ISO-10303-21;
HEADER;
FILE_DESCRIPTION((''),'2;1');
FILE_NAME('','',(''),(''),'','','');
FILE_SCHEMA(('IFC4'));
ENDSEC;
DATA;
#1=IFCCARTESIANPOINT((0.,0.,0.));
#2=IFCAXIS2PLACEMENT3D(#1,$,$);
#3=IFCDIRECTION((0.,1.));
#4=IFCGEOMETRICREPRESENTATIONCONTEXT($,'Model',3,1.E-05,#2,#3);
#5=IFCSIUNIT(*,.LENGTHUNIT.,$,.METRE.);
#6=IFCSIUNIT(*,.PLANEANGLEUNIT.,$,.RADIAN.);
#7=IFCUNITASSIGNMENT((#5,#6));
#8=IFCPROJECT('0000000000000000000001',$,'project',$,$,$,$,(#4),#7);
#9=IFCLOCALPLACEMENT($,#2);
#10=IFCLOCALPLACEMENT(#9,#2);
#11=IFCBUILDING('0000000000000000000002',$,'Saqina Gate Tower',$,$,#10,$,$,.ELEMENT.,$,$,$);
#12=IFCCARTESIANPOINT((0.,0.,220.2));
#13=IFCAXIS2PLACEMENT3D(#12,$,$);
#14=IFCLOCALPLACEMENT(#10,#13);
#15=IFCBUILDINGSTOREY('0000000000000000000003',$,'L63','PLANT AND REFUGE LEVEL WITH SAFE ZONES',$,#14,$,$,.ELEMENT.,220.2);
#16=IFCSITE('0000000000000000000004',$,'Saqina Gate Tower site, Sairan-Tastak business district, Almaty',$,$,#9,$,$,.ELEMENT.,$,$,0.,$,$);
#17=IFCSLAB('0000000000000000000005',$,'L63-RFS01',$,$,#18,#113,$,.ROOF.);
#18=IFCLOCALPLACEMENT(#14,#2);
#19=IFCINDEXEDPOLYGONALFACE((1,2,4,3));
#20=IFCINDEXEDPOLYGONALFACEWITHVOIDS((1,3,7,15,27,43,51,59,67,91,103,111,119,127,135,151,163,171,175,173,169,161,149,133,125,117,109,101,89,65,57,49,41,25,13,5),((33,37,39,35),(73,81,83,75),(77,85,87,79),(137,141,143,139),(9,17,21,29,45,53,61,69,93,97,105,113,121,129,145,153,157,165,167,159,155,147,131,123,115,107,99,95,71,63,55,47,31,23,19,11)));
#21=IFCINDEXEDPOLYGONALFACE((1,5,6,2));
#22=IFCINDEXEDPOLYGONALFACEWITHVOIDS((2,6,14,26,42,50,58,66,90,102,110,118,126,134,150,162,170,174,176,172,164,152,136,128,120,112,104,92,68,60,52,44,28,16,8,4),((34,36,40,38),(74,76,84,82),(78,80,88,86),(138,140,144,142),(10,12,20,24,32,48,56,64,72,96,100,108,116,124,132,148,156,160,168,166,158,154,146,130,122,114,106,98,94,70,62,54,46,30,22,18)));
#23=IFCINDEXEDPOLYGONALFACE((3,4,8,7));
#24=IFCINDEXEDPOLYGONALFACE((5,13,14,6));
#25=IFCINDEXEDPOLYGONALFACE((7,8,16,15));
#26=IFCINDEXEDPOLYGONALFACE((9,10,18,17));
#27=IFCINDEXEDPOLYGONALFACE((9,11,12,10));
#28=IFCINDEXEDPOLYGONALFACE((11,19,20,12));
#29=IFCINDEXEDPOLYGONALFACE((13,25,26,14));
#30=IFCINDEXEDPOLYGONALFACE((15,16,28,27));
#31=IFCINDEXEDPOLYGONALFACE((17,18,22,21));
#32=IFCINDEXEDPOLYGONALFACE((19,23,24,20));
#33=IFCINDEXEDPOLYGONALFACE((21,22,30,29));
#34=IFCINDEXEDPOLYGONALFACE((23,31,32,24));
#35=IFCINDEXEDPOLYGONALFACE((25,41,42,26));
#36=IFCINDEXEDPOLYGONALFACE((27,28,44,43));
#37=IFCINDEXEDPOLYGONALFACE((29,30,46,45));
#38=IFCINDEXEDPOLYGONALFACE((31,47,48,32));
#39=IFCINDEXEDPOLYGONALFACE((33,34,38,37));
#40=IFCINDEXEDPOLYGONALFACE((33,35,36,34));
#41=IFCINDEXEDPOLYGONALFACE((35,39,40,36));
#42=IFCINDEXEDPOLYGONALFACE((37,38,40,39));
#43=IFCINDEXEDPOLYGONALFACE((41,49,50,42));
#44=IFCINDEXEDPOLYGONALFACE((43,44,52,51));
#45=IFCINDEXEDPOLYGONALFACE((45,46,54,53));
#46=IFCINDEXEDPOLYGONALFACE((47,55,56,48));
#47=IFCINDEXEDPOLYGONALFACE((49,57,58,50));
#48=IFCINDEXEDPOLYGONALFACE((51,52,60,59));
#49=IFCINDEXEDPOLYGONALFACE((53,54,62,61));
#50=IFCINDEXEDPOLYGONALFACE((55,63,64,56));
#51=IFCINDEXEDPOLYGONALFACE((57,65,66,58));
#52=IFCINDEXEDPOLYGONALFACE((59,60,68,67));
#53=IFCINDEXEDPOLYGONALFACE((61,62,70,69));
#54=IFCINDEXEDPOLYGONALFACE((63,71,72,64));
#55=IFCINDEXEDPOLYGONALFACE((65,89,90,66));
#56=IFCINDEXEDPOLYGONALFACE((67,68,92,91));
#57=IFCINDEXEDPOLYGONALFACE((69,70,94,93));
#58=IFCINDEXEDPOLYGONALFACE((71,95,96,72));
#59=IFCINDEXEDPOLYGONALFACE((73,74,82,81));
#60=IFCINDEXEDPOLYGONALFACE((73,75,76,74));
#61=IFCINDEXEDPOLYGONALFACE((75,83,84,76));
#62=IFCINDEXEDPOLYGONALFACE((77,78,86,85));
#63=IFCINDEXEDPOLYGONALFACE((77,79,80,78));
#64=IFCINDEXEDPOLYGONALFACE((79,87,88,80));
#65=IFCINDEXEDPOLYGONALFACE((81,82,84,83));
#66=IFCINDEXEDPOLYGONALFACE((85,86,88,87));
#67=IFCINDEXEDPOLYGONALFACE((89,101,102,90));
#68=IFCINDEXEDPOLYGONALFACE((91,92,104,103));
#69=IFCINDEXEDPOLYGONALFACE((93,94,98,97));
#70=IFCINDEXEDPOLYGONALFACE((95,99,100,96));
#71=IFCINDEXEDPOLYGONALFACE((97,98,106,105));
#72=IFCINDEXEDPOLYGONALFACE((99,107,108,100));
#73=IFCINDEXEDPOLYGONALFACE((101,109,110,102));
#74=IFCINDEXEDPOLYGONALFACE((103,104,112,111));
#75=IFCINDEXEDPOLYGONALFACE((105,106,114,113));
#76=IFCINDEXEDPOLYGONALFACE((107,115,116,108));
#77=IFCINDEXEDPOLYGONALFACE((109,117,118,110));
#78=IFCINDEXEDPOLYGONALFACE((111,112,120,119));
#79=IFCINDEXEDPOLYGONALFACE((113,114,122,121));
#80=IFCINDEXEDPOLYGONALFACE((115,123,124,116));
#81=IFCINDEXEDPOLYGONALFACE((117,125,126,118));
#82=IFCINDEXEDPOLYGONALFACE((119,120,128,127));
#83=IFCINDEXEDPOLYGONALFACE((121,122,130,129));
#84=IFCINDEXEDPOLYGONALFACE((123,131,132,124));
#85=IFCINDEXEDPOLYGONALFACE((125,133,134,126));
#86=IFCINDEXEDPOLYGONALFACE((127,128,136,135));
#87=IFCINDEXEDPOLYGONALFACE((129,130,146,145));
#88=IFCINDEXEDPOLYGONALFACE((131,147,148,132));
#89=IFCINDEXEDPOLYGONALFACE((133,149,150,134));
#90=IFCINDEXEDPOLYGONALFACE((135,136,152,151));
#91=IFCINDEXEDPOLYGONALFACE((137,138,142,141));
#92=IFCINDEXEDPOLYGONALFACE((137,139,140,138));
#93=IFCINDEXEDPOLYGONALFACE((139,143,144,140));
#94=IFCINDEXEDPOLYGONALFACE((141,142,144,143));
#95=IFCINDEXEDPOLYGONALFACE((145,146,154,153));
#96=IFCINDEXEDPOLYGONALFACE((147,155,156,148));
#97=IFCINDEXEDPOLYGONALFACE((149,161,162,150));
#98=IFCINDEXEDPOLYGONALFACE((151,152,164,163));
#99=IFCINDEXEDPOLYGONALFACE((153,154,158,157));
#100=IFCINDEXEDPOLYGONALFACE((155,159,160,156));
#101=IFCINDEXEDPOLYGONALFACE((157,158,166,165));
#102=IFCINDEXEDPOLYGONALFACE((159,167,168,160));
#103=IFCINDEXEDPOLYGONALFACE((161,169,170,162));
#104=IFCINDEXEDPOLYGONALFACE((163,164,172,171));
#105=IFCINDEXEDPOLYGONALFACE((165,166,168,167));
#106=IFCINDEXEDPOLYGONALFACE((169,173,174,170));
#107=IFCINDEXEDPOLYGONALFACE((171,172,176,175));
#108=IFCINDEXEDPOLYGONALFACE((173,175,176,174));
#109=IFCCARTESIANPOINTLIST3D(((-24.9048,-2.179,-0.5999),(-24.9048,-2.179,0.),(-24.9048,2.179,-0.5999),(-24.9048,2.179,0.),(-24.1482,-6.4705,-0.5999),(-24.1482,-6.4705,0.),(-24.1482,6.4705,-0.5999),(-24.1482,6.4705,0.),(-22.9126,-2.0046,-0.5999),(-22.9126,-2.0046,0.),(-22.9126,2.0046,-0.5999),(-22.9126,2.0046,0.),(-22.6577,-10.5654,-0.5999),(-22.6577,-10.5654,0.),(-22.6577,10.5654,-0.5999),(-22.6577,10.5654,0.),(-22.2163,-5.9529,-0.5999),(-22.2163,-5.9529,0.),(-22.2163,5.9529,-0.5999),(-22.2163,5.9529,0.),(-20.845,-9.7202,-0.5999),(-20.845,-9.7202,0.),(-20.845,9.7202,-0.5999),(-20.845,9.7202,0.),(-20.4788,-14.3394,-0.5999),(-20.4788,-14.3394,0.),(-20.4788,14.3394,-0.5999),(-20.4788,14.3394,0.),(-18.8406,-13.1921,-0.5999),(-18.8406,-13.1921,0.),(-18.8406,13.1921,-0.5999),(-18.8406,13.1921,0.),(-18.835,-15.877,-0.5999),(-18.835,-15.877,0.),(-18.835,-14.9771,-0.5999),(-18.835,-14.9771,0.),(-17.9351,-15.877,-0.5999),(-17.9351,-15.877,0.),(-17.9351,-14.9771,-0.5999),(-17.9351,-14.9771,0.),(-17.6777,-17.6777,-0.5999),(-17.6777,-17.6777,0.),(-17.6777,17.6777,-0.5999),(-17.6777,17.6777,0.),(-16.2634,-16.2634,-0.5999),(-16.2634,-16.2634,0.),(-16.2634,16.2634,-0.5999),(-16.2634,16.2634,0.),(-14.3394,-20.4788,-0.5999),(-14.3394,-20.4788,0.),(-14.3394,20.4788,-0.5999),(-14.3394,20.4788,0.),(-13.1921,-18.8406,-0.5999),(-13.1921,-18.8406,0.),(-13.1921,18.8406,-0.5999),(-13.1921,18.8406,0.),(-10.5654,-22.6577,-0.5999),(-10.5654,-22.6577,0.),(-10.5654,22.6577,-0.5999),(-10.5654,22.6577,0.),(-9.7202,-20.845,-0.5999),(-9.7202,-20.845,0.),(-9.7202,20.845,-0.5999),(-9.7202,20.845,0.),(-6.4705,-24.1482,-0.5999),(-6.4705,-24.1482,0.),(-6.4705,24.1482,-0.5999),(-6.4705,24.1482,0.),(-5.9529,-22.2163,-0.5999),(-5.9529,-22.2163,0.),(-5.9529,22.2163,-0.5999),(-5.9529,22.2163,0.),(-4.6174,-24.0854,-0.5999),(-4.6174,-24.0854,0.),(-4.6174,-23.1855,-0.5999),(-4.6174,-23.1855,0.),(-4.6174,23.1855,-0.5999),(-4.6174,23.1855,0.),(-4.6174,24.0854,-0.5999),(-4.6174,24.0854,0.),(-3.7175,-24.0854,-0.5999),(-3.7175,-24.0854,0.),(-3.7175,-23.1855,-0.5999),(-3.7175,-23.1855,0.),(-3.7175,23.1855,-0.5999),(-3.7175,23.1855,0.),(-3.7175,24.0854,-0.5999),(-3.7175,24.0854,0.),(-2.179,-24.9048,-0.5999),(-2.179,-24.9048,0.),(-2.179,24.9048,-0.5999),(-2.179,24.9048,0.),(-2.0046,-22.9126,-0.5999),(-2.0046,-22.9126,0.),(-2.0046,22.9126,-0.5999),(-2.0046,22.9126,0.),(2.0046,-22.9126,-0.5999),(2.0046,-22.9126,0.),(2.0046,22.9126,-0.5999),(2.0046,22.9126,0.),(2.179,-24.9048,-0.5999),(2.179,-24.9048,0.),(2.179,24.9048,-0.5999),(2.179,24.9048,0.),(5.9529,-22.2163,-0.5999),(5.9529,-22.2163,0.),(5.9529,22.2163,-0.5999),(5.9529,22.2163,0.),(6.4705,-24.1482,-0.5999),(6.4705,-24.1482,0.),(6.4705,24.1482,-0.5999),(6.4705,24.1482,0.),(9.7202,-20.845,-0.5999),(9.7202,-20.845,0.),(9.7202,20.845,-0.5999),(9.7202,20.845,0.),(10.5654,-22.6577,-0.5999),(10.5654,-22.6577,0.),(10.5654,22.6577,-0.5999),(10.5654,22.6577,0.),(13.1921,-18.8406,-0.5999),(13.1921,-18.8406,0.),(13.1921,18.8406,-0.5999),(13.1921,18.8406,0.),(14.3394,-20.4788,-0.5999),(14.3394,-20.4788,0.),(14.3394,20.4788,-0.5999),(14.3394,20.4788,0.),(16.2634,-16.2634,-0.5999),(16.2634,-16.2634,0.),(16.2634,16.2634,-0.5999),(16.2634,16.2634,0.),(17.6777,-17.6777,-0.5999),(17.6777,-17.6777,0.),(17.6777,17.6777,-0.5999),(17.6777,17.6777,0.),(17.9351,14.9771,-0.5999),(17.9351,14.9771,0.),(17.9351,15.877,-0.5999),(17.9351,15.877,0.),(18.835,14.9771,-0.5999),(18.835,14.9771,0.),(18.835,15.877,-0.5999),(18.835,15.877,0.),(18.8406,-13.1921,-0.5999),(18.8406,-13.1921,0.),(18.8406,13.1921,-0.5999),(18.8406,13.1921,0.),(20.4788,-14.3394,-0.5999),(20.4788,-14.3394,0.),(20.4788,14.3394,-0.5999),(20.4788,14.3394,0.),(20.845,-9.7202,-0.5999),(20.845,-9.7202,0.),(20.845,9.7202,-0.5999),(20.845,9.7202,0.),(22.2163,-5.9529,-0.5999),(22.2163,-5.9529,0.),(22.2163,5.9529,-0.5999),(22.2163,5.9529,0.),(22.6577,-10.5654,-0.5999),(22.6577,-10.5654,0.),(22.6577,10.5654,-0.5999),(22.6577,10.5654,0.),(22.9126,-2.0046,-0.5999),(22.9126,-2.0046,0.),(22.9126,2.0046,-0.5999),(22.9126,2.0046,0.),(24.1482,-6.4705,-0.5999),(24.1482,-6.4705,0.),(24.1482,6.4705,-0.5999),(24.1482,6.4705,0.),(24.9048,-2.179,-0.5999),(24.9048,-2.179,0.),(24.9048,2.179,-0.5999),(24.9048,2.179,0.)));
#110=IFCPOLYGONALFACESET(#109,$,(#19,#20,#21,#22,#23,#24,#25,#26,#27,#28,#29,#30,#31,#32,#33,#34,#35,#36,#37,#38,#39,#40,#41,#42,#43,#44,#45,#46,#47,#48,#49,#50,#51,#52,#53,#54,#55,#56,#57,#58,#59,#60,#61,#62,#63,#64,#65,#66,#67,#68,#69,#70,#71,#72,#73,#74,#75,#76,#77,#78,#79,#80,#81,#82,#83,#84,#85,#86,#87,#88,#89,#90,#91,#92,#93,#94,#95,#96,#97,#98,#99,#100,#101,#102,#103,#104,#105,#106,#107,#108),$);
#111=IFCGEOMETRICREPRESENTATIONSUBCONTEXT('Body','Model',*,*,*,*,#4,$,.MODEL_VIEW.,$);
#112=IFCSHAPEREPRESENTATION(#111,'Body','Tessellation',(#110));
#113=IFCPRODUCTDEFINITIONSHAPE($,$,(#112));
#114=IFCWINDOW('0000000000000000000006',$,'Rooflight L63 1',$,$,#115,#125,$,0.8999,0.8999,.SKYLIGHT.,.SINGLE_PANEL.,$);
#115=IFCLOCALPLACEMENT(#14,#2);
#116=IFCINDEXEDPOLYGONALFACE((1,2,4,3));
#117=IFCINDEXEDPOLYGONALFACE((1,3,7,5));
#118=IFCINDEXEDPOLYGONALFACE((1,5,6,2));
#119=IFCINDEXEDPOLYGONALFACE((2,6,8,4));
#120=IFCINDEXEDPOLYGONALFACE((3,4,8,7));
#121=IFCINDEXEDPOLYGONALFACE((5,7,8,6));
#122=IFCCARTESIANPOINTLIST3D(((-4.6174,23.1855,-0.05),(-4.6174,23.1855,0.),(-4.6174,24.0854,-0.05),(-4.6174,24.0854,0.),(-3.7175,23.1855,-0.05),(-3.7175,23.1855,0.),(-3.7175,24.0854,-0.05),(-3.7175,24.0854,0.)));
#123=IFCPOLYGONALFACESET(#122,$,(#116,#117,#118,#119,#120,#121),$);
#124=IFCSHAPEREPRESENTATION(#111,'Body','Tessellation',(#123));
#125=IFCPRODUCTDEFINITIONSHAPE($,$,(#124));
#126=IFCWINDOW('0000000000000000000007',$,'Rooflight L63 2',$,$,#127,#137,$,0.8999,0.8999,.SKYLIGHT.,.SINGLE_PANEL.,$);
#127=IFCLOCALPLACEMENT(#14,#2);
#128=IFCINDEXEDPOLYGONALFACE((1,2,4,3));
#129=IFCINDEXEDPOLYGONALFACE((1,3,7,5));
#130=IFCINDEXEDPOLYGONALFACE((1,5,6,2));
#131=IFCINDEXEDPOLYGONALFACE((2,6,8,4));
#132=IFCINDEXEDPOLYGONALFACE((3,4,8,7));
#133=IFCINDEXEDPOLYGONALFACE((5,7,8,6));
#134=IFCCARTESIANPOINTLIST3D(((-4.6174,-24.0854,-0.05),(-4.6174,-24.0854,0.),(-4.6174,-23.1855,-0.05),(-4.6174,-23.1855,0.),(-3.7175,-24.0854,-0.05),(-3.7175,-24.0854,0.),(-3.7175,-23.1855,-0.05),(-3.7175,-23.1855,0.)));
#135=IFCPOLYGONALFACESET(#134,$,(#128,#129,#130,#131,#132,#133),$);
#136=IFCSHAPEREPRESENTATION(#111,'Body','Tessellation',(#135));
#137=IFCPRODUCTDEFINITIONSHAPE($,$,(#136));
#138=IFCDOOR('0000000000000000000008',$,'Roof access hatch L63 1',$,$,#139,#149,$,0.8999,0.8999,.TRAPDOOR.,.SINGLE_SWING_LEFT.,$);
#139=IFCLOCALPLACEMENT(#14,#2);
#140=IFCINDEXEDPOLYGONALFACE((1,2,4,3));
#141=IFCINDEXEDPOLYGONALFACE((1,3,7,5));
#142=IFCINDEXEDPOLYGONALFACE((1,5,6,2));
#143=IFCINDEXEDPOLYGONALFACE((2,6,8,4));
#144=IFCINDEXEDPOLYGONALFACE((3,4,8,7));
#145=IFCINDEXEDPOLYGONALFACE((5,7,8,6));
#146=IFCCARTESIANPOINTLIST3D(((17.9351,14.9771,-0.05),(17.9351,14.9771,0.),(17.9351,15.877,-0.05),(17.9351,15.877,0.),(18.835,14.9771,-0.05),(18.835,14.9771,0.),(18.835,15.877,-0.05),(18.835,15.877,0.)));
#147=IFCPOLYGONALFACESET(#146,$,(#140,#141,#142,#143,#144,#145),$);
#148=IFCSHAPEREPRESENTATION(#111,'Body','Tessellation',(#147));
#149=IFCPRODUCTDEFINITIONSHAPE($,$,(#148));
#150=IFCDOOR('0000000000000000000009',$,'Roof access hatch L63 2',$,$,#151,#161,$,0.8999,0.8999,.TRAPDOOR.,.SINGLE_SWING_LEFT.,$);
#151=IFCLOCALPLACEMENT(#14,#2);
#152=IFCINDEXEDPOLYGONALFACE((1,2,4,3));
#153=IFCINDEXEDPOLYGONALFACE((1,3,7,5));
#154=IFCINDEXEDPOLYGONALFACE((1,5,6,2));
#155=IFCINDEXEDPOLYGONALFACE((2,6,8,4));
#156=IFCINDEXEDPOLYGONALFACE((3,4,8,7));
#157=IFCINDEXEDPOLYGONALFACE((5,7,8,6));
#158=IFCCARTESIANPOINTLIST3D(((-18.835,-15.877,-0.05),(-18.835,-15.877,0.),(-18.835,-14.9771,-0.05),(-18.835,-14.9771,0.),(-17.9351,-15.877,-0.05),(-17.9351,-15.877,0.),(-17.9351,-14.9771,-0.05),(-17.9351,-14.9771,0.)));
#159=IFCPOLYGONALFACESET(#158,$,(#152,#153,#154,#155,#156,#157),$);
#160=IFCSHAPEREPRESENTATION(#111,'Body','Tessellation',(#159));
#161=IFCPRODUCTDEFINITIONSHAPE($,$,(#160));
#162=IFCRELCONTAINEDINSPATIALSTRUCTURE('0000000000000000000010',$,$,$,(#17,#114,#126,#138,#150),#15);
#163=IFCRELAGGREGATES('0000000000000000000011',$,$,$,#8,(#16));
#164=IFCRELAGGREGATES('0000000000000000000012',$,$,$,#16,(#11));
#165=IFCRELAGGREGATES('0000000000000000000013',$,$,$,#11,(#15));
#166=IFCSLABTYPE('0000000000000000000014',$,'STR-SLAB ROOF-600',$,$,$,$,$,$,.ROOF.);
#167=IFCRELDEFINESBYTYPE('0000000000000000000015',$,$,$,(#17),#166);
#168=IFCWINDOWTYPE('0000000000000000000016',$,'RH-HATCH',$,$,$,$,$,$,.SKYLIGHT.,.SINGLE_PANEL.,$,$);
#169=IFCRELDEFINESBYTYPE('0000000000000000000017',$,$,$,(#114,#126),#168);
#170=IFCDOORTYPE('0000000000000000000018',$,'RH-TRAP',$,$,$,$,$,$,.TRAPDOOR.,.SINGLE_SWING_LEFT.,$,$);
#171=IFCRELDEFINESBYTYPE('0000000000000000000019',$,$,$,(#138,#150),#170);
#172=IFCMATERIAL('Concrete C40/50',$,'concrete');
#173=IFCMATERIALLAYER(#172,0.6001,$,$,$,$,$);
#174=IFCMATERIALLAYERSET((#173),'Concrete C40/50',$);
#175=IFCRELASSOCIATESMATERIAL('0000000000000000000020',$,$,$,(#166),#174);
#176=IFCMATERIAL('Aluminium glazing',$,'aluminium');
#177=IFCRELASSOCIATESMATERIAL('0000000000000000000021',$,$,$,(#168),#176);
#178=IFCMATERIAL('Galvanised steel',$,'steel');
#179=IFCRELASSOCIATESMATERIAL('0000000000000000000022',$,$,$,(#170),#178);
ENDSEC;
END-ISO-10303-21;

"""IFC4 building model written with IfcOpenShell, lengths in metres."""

from ifc_helpers import new_model, si_unit, direction, frame, origin, origin_2d, place, context, subcontext, project, spatial, polyline, rectangle, outline, extrude, material, layer, layer_set, type_object, element, fill, save


model = new_model("IFC4")

# Units and contexts
model_context = context("Model", 3, precision=1e-05, world=origin(), true_north=direction((0.0, 1.0)))
body_context = subcontext(model_context, "Body", "Model", "MODEL_VIEW")
ifc_project = project(units=[si_unit("LENGTHUNIT", "METRE"), si_unit("PLANEANGLEUNIT", "RADIAN")], contexts=[model_context])

# Site, building, storey
site_placement = place(None, origin())
site = spatial("IfcSite", under=ifc_project, at=site_placement, Name="Saqina Gate Tower site, Sairan-Tastak business district, Almaty", CompositionType="ELEMENT", RefElevation=0.0)
building_placement = place(site_placement, origin())
building = spatial("IfcBuilding", under=site, at=building_placement, Name="Saqina Gate Tower", CompositionType="ELEMENT")
storey_placement = place(building_placement, frame((0.0, 0.0, 220.2)))
storey = spatial("IfcBuildingStorey", under=building, at=storey_placement, Name="L63", Description="PLANT AND REFUGE LEVEL WITH SAFE ZONES", CompositionType="ELEMENT", Elevation=220.2)

# Slab, openings, windows, doors
ifc_material_1 = material(Name="Concrete C40/50", Category="concrete")
ifc_layer_1 = layer(ifc_material_1, 0.6001)
ifc_layer_set_1 = layer_set([ifc_layer_1], Name="Concrete C40/50")
slab_type_1 = type_object("IfcSlabType", Name="STR-SLAB ROOF-600", PredefinedType="ROOF", material=ifc_layer_set_1)
slab_1_placement = place(storey_placement, frame((0.0, 0.0, -0.5999)))
slab_1 = element("IfcSlab", 1, at=slab_1_placement, inside=storey, type_object=slab_type_1, Name="L63-RFS01", PredefinedType="ROOF", context=body_context, shape_type="SweptSolid", body=[
    extrude(outline(polyline([(24.9048, 2.179), (24.1482, 6.4705), (22.6577, 10.5654), (20.4788, 14.3394), (17.6777, 17.6777), (14.3394, 20.4788), (10.5654, 22.6577), (6.4705, 24.1482), (2.179, 24.9048), (-2.179, 24.9048), (-6.4705, 24.1482), (-10.5654, 22.6577), (-14.3394, 20.4788), (-17.6777, 17.6777), (-20.4788, 14.3394), (-22.6577, 10.5654), (-24.1482, 6.4705), (-24.9048, 2.179), (-24.9048, -2.179), (-24.1482, -6.4705), (-22.6577, -10.5654), (-20.4788, -14.3394), (-17.6777, -17.6777), (-14.3394, -20.4788), (-10.5654, -22.6577), (-6.4705, -24.1482), (-2.179, -24.9048), (2.179, -24.9048), (6.4705, -24.1482), (10.5654, -22.6577), (14.3394, -20.4788), (17.6777, -17.6777), (20.4788, -14.3394), (22.6577, -10.5654), (24.1482, -6.4705), (24.9048, -2.179), (24.9048, 2.179)]), holes=[polyline([(22.9126, 2.0046), (22.9126, -2.0046), (22.2163, -5.9529), (20.845, -9.7202), (18.8406, -13.1921), (16.2634, -16.2634), (13.1921, -18.8406), (9.7202, -20.845), (5.9529, -22.2163), (2.0046, -22.9126), (-2.0046, -22.9126), (-5.9529, -22.2163), (-9.7202, -20.845), (-13.1921, -18.8406), (-16.2634, -16.2634), (-18.8406, -13.1921), (-20.845, -9.7202), (-22.2163, -5.9529), (-22.9126, -2.0046), (-22.9126, 2.0046), (-22.2163, 5.9529), (-20.845, 9.7202), (-18.8406, 13.1921), (-16.2634, 16.2634), (-13.1921, 18.8406), (-9.7202, 20.845), (-5.9529, 22.2163), (-2.0046, 22.9126), (2.0046, 22.9126), (5.9529, 22.2163), (9.7202, 20.845), (13.1921, 18.8406), (16.2634, 16.2634), (18.8406, 13.1921), (20.845, 9.7202), (22.2163, 5.9529), (22.9126, 2.0046)])]), origin(), (0.0, 0.0, 1.0), 0.5999),
])
opening_1_placement = place(slab_1_placement, frame((-4.1675, 23.6355, 0.0)))
opening_1 = element("IfcOpeningElement", 2, at=opening_1_placement, cuts=slab_1, PredefinedType="OPENING", context=body_context, shape_type="SweptSolid", body=[
    extrude(rectangle(XDim=0.8999, YDim=0.8999, at=origin_2d()), frame((0.0, 0.0, -0.012)), (0.0, 0.0, 1.0), 0.6238),
])
opening_2_placement = place(slab_1_placement, frame((-4.1675, -23.6355, 0.0)))
opening_2 = element("IfcOpeningElement", 3, at=opening_2_placement, cuts=slab_1, PredefinedType="OPENING", context=body_context, shape_type="SweptSolid", body=[
    extrude(rectangle(XDim=0.8999, YDim=0.8999, at=origin_2d()), frame((0.0, 0.0, -0.012)), (0.0, 0.0, 1.0), 0.6238),
])
opening_3_placement = place(slab_1_placement, frame((18.385, 15.427, 0.0)))
opening_3 = element("IfcOpeningElement", 4, at=opening_3_placement, cuts=slab_1, PredefinedType="OPENING", context=body_context, shape_type="SweptSolid", body=[
    extrude(rectangle(XDim=0.8999, YDim=0.8999, at=origin_2d()), frame((0.0, 0.0, -0.012)), (0.0, 0.0, 1.0), 0.6238),
])
opening_4_placement = place(slab_1_placement, frame((-18.385, -15.427, 0.0)))
opening_4 = element("IfcOpeningElement", 5, at=opening_4_placement, cuts=slab_1, PredefinedType="OPENING", context=body_context, shape_type="SweptSolid", body=[
    extrude(rectangle(XDim=0.8999, YDim=0.8999, at=origin_2d()), frame((0.0, 0.0, -0.012)), (0.0, 0.0, 1.0), 0.6238),
])
ifc_material_2 = material(Name="Aluminium glazing", Category="aluminium")
window_type_1 = type_object("IfcWindowType", Name="RH-HATCH", PartitioningType="SINGLE_PANEL", PredefinedType="SKYLIGHT", material=ifc_material_2)
window_1_placement = place(opening_1_placement, frame((0.0, 0.0, 0.5498)))
window_1 = element("IfcWindow", 6, at=window_1_placement, inside=storey, type_object=window_type_1, Name="Rooflight L63 1", OverallHeight=0.8999, OverallWidth=0.8999, PartitioningType="SINGLE_PANEL", PredefinedType="SKYLIGHT", context=body_context, shape_type="SweptSolid", body=[
    extrude(rectangle(XDim=0.8999, YDim=0.8999, at=origin_2d()), origin(), (0.0, 0.0, 1.0), 0.05),
])
fill(opening_1, window_1)
window_2_placement = place(opening_2_placement, frame((0.0, 0.0, 0.5498)))
window_2 = element("IfcWindow", 7, at=window_2_placement, inside=storey, type_object=window_type_1, Name="Rooflight L63 2", OverallHeight=0.8999, OverallWidth=0.8999, PartitioningType="SINGLE_PANEL", PredefinedType="SKYLIGHT", context=body_context, shape_type="SweptSolid", body=[
    extrude(rectangle(XDim=0.8999, YDim=0.8999, at=origin_2d()), origin(), (0.0, 0.0, 1.0), 0.05),
])
fill(opening_2, window_2)
ifc_material_3 = material(Name="Galvanised steel", Category="steel")
door_type = type_object("IfcDoorType", Name="RH-TRAP", OperationType="SINGLE_SWING_LEFT", PredefinedType="TRAPDOOR", material=ifc_material_3)
door_1_placement = place(opening_3_placement, frame((0.0, 0.0, 0.5498)))
door_1 = element("IfcDoor", 8, at=door_1_placement, inside=storey, type_object=door_type, Name="Roof access hatch L63 1", OperationType="SINGLE_SWING_LEFT", OverallHeight=0.8999, OverallWidth=0.8999, PredefinedType="TRAPDOOR", context=body_context, shape_type="SweptSolid", body=[
    extrude(rectangle(XDim=0.8999, YDim=0.8999, at=origin_2d()), origin(), (0.0, 0.0, 1.0), 0.05),
])
fill(opening_3, door_1)
door_2_placement = place(opening_4_placement, frame((0.0, 0.0, 0.5498)))
door_2 = element("IfcDoor", 9, at=door_2_placement, inside=storey, type_object=door_type, Name="Roof access hatch L63 2", OperationType="SINGLE_SWING_LEFT", OverallHeight=0.8999, OverallWidth=0.8999, PredefinedType="TRAPDOOR", context=body_context, shape_type="SweptSolid", body=[
    extrude(rectangle(XDim=0.8999, YDim=0.8999, at=origin_2d()), origin(), (0.0, 0.0, 1.0), 0.05),
])
fill(opening_4, door_2)

save(model, "model.ifc")
